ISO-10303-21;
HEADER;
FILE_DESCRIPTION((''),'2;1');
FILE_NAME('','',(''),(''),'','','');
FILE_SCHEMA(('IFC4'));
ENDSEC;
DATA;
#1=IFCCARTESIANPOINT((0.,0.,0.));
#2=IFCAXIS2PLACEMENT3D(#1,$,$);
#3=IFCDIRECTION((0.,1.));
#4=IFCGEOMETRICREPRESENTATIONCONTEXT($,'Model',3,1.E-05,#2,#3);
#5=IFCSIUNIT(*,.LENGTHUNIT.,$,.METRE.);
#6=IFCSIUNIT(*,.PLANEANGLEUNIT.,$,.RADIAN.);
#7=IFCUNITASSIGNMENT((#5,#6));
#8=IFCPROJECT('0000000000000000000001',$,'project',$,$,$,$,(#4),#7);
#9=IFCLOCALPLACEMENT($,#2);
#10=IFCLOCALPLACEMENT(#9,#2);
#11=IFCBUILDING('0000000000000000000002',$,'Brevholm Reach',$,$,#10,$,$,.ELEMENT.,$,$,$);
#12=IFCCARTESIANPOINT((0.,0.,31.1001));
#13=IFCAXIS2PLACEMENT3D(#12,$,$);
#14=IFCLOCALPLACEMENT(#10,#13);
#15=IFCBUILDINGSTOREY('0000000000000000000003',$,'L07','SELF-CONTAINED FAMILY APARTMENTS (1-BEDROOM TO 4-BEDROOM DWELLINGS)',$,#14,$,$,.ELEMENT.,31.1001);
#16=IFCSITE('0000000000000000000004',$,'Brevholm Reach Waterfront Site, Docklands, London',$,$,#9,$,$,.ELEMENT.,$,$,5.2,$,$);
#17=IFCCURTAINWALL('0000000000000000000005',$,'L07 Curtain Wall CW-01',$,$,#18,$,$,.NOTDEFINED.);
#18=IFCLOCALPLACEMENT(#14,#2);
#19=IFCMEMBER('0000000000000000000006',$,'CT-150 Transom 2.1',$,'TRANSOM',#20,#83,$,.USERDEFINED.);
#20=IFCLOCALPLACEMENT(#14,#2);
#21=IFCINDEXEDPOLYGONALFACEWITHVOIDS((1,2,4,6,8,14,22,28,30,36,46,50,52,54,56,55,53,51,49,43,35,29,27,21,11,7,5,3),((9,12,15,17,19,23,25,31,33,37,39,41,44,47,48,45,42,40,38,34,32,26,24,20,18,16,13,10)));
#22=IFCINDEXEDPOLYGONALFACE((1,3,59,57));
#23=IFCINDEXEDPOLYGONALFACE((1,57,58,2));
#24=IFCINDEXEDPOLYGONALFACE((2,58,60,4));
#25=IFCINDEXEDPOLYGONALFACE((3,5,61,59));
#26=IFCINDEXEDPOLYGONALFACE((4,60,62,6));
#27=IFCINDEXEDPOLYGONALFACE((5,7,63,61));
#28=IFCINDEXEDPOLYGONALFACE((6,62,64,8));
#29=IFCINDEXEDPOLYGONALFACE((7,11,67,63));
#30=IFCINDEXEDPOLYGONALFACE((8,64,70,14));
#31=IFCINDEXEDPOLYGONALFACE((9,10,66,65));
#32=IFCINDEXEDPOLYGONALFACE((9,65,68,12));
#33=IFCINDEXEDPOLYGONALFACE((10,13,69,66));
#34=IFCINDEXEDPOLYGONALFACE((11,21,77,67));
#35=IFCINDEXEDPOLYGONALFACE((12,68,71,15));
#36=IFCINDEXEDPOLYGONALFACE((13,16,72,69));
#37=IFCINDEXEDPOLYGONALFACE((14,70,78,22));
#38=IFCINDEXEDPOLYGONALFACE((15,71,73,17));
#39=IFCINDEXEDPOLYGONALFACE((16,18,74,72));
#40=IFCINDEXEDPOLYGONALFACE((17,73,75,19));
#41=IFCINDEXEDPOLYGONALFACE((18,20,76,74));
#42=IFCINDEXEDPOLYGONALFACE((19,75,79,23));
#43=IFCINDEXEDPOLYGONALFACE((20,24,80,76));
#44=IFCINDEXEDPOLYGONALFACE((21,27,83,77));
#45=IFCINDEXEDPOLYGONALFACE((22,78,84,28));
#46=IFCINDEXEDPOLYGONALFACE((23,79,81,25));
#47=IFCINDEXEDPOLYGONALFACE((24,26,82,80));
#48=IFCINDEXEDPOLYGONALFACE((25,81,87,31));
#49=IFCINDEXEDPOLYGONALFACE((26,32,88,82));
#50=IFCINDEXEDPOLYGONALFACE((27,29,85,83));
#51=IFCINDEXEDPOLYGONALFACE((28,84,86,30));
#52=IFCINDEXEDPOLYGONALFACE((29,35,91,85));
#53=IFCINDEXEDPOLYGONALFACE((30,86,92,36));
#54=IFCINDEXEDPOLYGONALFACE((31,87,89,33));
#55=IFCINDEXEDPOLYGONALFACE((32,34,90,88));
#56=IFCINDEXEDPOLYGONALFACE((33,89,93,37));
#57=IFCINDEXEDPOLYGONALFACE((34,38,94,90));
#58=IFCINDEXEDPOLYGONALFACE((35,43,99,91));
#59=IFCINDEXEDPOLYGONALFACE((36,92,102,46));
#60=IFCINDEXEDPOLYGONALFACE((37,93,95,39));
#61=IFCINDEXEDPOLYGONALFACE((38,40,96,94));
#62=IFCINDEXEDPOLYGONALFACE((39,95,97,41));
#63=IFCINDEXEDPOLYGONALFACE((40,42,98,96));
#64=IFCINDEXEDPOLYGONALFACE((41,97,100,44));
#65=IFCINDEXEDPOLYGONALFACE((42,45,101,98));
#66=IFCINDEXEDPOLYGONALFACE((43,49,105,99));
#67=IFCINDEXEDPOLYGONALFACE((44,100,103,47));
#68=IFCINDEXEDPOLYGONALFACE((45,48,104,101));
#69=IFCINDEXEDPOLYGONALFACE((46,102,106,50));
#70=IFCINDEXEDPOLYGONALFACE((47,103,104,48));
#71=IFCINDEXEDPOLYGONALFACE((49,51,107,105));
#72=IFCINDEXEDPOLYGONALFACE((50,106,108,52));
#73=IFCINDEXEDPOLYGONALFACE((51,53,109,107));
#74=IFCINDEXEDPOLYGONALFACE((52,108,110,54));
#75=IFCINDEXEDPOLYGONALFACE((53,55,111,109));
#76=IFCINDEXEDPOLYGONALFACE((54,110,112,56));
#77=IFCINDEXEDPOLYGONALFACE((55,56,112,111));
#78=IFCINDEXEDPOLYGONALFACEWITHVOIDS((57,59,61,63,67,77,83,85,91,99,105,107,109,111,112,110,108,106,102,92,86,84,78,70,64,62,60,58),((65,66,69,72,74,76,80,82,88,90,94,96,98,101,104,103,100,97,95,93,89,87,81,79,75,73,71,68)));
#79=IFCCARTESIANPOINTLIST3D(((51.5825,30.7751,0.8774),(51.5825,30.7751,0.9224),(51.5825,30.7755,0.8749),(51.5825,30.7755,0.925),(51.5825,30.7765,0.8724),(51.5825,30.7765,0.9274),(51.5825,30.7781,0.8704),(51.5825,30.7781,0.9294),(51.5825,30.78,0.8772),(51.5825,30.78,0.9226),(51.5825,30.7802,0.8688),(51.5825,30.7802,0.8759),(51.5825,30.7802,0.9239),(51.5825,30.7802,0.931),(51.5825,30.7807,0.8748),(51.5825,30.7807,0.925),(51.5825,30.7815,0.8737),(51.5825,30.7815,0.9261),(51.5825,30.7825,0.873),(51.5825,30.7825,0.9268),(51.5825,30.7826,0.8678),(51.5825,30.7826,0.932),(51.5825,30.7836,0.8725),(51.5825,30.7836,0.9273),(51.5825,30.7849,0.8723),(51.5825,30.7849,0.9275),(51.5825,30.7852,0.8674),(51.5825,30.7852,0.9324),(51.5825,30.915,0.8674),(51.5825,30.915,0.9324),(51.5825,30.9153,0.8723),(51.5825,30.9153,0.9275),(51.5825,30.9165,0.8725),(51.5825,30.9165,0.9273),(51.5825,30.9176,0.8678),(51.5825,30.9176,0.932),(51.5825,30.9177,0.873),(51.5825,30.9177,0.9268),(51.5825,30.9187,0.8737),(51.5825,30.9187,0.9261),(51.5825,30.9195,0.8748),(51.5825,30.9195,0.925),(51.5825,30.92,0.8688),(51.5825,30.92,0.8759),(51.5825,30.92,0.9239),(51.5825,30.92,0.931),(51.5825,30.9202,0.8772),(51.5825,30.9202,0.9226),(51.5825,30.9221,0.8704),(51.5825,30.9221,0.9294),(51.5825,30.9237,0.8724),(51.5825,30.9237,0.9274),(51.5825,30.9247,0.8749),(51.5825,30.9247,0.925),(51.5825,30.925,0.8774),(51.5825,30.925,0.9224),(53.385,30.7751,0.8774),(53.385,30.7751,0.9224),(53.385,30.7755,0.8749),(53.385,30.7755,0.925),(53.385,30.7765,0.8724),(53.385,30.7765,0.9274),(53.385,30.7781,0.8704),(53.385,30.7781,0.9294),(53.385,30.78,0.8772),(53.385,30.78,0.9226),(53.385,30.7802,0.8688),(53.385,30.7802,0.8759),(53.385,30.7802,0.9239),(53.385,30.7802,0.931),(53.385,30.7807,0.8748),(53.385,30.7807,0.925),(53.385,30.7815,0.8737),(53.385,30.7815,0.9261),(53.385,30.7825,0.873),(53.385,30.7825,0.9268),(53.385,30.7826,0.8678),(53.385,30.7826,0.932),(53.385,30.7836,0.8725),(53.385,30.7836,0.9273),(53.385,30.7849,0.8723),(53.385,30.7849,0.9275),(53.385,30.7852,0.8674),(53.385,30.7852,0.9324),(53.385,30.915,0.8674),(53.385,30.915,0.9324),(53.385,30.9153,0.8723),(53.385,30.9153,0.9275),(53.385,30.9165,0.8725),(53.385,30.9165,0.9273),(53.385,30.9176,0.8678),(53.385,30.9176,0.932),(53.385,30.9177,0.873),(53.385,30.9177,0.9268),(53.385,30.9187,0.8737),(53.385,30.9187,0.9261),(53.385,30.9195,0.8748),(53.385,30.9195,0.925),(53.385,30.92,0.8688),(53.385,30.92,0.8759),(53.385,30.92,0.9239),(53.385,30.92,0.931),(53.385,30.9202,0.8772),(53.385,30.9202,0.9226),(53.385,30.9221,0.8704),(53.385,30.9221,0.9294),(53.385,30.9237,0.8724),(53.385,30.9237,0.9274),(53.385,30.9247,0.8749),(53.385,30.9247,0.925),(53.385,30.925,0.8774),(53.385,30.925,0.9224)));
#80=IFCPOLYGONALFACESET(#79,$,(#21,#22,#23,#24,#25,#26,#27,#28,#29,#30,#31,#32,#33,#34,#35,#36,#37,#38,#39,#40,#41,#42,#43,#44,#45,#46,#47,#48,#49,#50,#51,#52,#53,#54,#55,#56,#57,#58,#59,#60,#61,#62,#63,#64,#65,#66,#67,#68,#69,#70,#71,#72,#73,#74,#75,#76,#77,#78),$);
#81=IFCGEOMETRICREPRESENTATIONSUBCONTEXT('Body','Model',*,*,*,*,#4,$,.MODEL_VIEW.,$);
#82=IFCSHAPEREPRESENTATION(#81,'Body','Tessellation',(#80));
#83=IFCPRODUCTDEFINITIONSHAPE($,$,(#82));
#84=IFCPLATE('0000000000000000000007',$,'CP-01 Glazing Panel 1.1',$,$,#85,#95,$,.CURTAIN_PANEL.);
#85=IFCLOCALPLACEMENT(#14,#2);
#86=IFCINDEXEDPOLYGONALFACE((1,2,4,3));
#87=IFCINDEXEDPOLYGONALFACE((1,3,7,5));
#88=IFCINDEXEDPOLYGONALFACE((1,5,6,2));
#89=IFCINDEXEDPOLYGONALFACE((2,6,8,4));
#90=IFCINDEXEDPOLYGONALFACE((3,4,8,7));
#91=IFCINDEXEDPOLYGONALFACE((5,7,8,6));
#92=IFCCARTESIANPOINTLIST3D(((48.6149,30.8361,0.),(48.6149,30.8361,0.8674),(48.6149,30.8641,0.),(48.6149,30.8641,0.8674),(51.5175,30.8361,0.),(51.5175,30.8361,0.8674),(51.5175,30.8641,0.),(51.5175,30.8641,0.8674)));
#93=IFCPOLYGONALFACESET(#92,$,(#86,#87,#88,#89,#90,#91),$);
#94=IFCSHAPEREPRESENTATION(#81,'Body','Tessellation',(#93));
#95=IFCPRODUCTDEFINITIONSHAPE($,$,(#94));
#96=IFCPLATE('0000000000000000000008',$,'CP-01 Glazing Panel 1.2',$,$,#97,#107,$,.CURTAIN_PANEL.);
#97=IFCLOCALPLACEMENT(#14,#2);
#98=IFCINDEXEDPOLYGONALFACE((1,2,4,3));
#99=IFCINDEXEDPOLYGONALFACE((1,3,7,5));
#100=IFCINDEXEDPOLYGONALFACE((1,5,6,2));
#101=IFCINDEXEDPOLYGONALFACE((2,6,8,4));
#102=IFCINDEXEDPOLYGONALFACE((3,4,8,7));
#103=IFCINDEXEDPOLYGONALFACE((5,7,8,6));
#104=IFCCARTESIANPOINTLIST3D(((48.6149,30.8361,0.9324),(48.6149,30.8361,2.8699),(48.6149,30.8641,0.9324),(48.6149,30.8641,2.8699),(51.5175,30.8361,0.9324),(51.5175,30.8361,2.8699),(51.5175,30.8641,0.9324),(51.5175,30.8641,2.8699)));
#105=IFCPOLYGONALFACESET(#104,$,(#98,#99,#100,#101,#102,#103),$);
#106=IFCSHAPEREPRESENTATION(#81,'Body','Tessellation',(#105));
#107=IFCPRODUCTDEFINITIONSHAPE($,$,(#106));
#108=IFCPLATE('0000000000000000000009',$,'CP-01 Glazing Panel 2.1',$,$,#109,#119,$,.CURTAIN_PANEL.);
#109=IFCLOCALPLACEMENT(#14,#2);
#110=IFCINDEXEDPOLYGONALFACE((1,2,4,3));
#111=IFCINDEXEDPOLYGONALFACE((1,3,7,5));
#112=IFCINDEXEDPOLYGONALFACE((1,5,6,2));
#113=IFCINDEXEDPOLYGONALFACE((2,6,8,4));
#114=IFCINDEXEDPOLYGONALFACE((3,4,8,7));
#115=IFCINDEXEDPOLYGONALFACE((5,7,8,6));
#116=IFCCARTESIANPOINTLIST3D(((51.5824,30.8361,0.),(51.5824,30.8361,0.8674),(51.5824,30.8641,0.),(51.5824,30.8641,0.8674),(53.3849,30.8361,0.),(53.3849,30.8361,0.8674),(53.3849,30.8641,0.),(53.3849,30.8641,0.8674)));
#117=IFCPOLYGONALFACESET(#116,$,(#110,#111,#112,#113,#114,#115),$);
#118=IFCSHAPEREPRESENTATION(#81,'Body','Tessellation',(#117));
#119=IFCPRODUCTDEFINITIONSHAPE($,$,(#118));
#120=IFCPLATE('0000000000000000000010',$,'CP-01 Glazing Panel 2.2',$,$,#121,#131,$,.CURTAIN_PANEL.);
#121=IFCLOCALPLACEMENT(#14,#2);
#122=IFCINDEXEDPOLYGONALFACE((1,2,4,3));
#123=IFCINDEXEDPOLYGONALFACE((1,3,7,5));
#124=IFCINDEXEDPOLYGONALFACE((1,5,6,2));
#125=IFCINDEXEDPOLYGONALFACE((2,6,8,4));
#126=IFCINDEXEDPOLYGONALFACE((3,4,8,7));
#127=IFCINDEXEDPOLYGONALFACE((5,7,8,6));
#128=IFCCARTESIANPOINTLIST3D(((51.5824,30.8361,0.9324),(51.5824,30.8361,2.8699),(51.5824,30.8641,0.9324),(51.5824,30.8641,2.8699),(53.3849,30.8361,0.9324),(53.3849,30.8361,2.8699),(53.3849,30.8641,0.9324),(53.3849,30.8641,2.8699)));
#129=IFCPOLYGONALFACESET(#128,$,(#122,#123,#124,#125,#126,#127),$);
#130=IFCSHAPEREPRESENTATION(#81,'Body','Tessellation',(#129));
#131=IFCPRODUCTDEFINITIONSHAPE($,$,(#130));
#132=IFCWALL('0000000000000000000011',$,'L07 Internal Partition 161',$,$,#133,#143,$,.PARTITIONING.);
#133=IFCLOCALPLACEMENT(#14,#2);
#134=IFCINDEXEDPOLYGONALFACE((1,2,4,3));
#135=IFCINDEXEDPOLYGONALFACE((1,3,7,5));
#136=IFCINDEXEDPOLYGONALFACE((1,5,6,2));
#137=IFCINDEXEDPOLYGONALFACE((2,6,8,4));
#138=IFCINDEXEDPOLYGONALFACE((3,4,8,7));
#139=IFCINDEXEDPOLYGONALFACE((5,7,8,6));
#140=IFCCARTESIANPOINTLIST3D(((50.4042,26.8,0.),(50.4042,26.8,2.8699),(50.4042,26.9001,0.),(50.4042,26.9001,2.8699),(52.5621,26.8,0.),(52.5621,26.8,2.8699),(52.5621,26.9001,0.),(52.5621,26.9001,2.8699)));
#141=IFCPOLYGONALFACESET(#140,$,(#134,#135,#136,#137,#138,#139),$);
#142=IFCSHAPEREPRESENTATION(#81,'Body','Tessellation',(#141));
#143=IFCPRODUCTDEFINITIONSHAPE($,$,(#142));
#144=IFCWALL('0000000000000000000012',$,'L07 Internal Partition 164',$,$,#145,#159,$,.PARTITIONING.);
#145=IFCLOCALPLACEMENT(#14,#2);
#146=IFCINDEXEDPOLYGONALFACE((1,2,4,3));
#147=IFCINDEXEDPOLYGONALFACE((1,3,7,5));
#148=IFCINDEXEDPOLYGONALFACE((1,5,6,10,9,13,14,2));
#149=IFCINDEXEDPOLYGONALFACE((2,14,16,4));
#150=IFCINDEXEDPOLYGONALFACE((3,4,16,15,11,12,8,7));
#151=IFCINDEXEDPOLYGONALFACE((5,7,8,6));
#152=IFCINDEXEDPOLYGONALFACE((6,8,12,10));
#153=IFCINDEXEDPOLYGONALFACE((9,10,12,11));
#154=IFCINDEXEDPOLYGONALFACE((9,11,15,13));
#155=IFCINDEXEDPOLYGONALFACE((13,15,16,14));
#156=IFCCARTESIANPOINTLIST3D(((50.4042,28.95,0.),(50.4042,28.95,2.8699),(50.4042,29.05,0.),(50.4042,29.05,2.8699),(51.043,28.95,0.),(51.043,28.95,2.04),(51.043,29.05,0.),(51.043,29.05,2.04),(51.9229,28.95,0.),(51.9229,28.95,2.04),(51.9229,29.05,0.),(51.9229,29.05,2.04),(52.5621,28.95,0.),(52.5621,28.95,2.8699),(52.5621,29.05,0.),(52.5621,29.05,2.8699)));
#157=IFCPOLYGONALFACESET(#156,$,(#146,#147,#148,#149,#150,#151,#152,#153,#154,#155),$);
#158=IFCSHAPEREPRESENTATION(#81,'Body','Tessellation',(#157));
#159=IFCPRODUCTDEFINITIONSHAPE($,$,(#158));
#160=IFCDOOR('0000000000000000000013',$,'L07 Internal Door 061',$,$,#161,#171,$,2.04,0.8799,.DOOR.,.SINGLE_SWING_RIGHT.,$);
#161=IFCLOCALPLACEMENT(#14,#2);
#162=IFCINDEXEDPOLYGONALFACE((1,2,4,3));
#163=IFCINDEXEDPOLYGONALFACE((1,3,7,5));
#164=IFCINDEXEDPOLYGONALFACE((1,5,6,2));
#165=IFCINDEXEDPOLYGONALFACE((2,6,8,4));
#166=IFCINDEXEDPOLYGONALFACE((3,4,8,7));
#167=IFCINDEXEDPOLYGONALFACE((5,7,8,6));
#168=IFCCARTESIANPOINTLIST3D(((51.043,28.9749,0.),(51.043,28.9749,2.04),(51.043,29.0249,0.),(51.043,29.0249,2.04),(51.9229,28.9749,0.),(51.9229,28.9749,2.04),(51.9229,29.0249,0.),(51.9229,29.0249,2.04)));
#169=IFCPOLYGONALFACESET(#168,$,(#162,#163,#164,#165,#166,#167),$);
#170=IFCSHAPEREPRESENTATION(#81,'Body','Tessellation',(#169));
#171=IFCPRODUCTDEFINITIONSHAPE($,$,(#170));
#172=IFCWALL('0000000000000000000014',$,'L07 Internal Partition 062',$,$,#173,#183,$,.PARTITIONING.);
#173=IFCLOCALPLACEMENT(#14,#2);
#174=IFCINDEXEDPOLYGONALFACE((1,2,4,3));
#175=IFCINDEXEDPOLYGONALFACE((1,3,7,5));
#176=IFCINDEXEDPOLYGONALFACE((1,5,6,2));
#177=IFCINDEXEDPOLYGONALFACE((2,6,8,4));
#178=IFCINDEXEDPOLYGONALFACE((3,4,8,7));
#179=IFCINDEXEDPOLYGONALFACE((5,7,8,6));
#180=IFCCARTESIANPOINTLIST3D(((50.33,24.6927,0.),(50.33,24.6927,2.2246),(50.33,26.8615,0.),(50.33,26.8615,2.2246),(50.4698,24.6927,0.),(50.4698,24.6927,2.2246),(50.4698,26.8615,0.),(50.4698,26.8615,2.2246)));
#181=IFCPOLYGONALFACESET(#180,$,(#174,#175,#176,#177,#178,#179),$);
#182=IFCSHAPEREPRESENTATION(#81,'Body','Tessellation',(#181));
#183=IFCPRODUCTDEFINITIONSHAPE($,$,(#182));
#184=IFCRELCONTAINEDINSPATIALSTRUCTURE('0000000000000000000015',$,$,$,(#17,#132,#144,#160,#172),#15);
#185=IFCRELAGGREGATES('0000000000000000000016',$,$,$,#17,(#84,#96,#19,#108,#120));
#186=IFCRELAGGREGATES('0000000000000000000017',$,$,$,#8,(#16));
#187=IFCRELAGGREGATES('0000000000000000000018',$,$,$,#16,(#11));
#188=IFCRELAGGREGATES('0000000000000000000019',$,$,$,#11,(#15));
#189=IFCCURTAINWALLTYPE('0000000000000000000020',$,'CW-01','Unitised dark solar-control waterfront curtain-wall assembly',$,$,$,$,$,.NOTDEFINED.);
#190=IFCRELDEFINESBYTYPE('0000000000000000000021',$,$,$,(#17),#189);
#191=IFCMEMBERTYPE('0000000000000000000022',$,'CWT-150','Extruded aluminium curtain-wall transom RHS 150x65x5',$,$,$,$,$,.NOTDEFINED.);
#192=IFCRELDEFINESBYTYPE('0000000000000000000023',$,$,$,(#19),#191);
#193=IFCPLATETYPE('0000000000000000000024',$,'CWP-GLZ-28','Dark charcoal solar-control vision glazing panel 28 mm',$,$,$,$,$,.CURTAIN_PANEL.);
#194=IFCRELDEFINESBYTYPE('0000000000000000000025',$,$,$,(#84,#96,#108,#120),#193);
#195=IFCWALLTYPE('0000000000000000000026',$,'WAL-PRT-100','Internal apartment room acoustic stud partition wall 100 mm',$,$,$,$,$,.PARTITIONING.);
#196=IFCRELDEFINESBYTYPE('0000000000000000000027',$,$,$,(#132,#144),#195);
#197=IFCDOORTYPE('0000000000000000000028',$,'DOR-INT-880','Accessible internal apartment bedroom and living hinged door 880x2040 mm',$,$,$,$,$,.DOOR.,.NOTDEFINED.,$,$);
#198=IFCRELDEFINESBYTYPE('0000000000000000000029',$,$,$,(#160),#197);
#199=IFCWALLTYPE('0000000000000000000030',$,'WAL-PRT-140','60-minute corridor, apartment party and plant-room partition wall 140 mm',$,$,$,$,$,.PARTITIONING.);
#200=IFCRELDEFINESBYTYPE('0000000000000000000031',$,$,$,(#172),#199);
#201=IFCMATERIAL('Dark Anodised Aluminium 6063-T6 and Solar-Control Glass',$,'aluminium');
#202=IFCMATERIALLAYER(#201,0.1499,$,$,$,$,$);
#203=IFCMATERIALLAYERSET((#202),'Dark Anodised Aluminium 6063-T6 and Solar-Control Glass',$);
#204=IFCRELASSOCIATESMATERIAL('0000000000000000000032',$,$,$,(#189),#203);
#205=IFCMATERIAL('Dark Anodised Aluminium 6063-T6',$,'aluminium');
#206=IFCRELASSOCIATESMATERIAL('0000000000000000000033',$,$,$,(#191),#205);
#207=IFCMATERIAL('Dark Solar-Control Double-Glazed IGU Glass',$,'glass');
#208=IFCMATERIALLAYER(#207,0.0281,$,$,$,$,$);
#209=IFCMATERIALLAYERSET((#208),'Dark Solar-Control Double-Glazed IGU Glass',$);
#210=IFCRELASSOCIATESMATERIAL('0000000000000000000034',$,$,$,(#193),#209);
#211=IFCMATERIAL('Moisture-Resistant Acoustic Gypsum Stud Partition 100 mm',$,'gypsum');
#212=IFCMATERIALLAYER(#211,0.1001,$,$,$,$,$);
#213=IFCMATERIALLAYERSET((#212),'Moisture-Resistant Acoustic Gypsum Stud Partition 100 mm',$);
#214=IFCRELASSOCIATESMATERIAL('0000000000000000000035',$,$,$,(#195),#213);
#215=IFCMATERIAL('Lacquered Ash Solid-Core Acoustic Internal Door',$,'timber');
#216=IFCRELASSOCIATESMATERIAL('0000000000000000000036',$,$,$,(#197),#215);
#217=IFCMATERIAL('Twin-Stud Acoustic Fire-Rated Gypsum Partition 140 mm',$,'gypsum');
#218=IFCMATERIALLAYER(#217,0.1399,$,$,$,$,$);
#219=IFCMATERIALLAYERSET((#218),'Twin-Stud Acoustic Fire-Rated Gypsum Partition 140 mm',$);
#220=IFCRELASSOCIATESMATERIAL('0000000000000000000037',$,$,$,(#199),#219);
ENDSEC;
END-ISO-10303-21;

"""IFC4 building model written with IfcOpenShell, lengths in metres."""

from ifc_helpers import new_model, si_unit, direction, frame, frame_2d, origin, origin_2d, place, context, subcontext, project, spatial, rectangle, hollow_rectangle, extrude, material, layer, layer_set, material_profile, profile_set, type_object, element, fill, aggregate, save


model = new_model("IFC4")

# Units and contexts
model_context = context("Model", 3, precision=1e-05, world=origin(), true_north=direction((0.0, 1.0)))
body_context = subcontext(model_context, "Body", "Model", "MODEL_VIEW")
ifc_project = project(units=[si_unit("LENGTHUNIT", "METRE"), si_unit("PLANEANGLEUNIT", "RADIAN")], contexts=[model_context])

# Site, building, storey
site_placement = place(None, origin())
site = spatial("IfcSite", under=ifc_project, at=site_placement, Name="Brevholm Reach Waterfront Site, Docklands, London", CompositionType="ELEMENT", RefElevation=5.2)
building_placement = place(site_placement, origin())
building = spatial("IfcBuilding", under=site, at=building_placement, Name="Brevholm Reach", CompositionType="ELEMENT")
storey_placement = place(building_placement, frame((0.0, 0.0, 31.1001)))
storey = spatial("IfcBuildingStorey", under=building, at=storey_placement, Name="L07", Description="SELF-CONTAINED FAMILY APARTMENTS (1-BEDROOM TO 4-BEDROOM DWELLINGS)", CompositionType="ELEMENT", Elevation=31.1001)

# Curtain wall, member, plates
ifc_material_1 = material(Name="Dark Anodised Aluminium 6063-T6 and Solar-Control Glass", Category="aluminium")
ifc_layer_1 = layer(ifc_material_1, 0.1499)
ifc_layer_set_1 = layer_set([ifc_layer_1], Name="Dark Anodised Aluminium 6063-T6 and Solar-Control Glass")
curtain_wall_type = type_object("IfcCurtainWallType", Name="CW-01", Description="Unitised dark solar-control waterfront curtain-wall assembly", PredefinedType="NOTDEFINED", material=ifc_layer_set_1)
curtain_wall_placement = place(storey_placement, origin())
curtain_wall = element("IfcCurtainWall", 1, at=curtain_wall_placement, inside=storey, type_object=curtain_wall_type, Name="L07 Curtain Wall CW-01", PredefinedType="NOTDEFINED")
ifc_material_2 = material(Name="Dark Anodised Aluminium 6063-T6", Category="aluminium")
ifc_material_profile_1 = material_profile(ifc_material_2, hollow_rectangle(XDim=0.0649, YDim=0.1499, WallThickness=0.0049, InnerFilletRadius=0.0049, OuterFilletRadius=0.01, at=origin_2d()), Name="RHS 150x65x5")
ifc_profile_set_1 = profile_set([ifc_material_profile_1], Name="Dark Anodised Aluminium 6063-T6")
member_type_1 = type_object("IfcMemberType", Name="CWT-150", Description="Extruded aluminium curtain-wall transom RHS 150x65x5", PredefinedType="NOTDEFINED", material=ifc_profile_set_1)
member_1_placement = place(storey_placement, frame((51.5825, 30.8501, 0.8999), z_axis=(1.0, 0.0, 0.0), x_axis=(0.0, 0.0, 1.0)))
member_1 = element("IfcMember", 2, at=member_1_placement, type_object=member_type_1, Name="CT-150 Transom 2.1", ObjectType="TRANSOM", PredefinedType="USERDEFINED", context=body_context, shape_type="SweptSolid", body=[
    extrude(hollow_rectangle(XDim=0.0649, YDim=0.1499, WallThickness=0.0049, InnerFilletRadius=0.0049, OuterFilletRadius=0.01, at=origin_2d()), origin(), (0.0, 0.0, 1.0), 1.8025),
])
ifc_material_3 = material(Name="Dark Solar-Control Double-Glazed IGU Glass", Category="glass")
ifc_layer_2 = layer(ifc_material_3, 0.0281)
ifc_layer_set_2 = layer_set([ifc_layer_2], Name="Dark Solar-Control Double-Glazed IGU Glass")
plate_type = type_object("IfcPlateType", Name="CWP-GLZ-28", Description="Dark charcoal solar-control vision glazing panel 28 mm", PredefinedType="CURTAIN_PANEL", material=ifc_layer_set_2)
plate_1_placement = place(storey_placement, frame((50.0662, 30.8501, 0.0), z_axis=(0.0, 0.0, 1.0), x_axis=(1.0, 0.0, 0.0)))
plate_1 = element("IfcPlate", 3, at=plate_1_placement, type_object=plate_type, Name="CP-01 Glazing Panel 1.1", PredefinedType="CURTAIN_PANEL", context=body_context, shape_type="SweptSolid", body=[
    extrude(rectangle(XDim=2.9026, YDim=0.0281, at=origin_2d()), origin(), (0.0, 0.0, 1.0), 0.8674),
])
plate_2_placement = place(storey_placement, frame((50.0662, 30.8501, 0.9324), z_axis=(0.0, 0.0, 1.0), x_axis=(1.0, 0.0, 0.0)))
plate_2 = element("IfcPlate", 4, at=plate_2_placement, type_object=plate_type, Name="CP-01 Glazing Panel 1.2", PredefinedType="CURTAIN_PANEL", context=body_context, shape_type="SweptSolid", body=[
    extrude(rectangle(XDim=2.9026, YDim=0.0281, at=origin_2d()), origin(), (0.0, 0.0, 1.0), 1.9375),
])
plate_3_placement = place(storey_placement, frame((52.4836, 30.8501, 0.0), z_axis=(0.0, 0.0, 1.0), x_axis=(1.0, 0.0, 0.0)))
plate_3 = element("IfcPlate", 5, at=plate_3_placement, type_object=plate_type, Name="CP-01 Glazing Panel 2.1", PredefinedType="CURTAIN_PANEL", context=body_context, shape_type="SweptSolid", body=[
    extrude(rectangle(XDim=1.8025, YDim=0.0281, at=origin_2d()), origin(), (0.0, 0.0, 1.0), 0.8674),
])
plate_4_placement = place(storey_placement, frame((52.4836, 30.8501, 0.9324), z_axis=(0.0, 0.0, 1.0), x_axis=(1.0, 0.0, 0.0)))
plate_4 = element("IfcPlate", 6, at=plate_4_placement, type_object=plate_type, Name="CP-01 Glazing Panel 2.2", PredefinedType="CURTAIN_PANEL", context=body_context, shape_type="SweptSolid", body=[
    extrude(rectangle(XDim=1.8025, YDim=0.0281, at=origin_2d()), origin(), (0.0, 0.0, 1.0), 1.9375),
])
aggregate(curtain_wall, [plate_1, plate_2, member_1, plate_3, plate_4])

# Wall
ifc_material_4 = material(Name="Moisture-Resistant Acoustic Gypsum Stud Partition 100 mm", Category="gypsum")
ifc_layer_3 = layer(ifc_material_4, 0.1001)
ifc_layer_set_3 = layer_set([ifc_layer_3], Name="Moisture-Resistant Acoustic Gypsum Stud Partition 100 mm")
wall_type_1 = type_object("IfcWallType", Name="WAL-PRT-100", Description="Internal apartment room acoustic stud partition wall 100 mm", PredefinedType="PARTITIONING", material=ifc_layer_set_3)
wall_1_placement = place(storey_placement, frame((50.4041, 26.8501, 0.0), z_axis=(0.0, 0.0, 1.0), x_axis=(1.0, 0.0, 0.0)))
element("IfcWall", 7, at=wall_1_placement, inside=storey, type_object=wall_type_1, Name="L07 Internal Partition 161", PredefinedType="PARTITIONING", context=body_context, shape_type="SweptSolid", body=[
    extrude(rectangle(XDim=2.158, YDim=0.1001, at=frame_2d((1.0791, 0.0))), origin(), (0.0, 0.0, 1.0), 2.8699),
])

# Wall, opening, door
wall_2_placement = place(storey_placement, frame((50.4041, 29.0, 0.0), z_axis=(0.0, 0.0, 1.0), x_axis=(1.0, 0.0, 0.0)))
wall_2 = element("IfcWall", 8, at=wall_2_placement, inside=storey, type_object=wall_type_1, Name="L07 Internal Partition 164", PredefinedType="PARTITIONING", context=body_context, shape_type="SweptSolid", body=[
    extrude(rectangle(XDim=2.158, YDim=0.1001, at=frame_2d((1.0791, 0.0))), origin(), (0.0, 0.0, 1.0), 2.8699),
])
opening_1_placement = place(wall_2_placement, frame((0.6389, 0.0, 0.0)))
opening_1 = element("IfcOpeningElement", 9, at=opening_1_placement, cuts=wall_2, PredefinedType="OPENING", context=body_context, shape_type="SweptSolid", body=[
    extrude(rectangle(XDim=0.8799, YDim=2.04, at=frame_2d((0.4399, 1.02))), frame((0.0, 0.0601, 0.0), z_axis=(0.0, -1.0, 0.0), x_axis=(1.0, 0.0, 0.0)), (0.0, 0.0, 1.0), 0.1201),
])
ifc_material_5 = material(Name="Lacquered Ash Solid-Core Acoustic Internal Door", Category="timber")
door_type_1 = type_object("IfcDoorType", Name="DOR-INT-880", Description="Accessible internal apartment bedroom and living hinged door 880x2040 mm", OperationType="NOTDEFINED", PredefinedType="DOOR", material=ifc_material_5)
door_1_placement = place(opening_1_placement, origin())
door_1 = element("IfcDoor", 10, at=door_1_placement, inside=storey, type_object=door_type_1, Name="L07 Internal Door 061", OperationType="SINGLE_SWING_RIGHT", OverallHeight=2.04, OverallWidth=0.8799, PredefinedType="DOOR", context=body_context, shape_type="SweptSolid", body=[
    extrude(rectangle(XDim=0.8799, YDim=2.04, at=frame_2d((0.4399, 1.02))), frame((0.0, 0.0249, 0.0), z_axis=(0.0, -1.0, 0.0), x_axis=(1.0, 0.0, 0.0)), (0.0, 0.0, 1.0), 0.05),
])
fill(opening_1, door_1)

# Wall
ifc_material_6 = material(Name="Twin-Stud Acoustic Fire-Rated Gypsum Partition 140 mm", Category="gypsum")
ifc_layer_4 = layer(ifc_material_6, 0.1399)
ifc_layer_set_4 = layer_set([ifc_layer_4], Name="Twin-Stud Acoustic Fire-Rated Gypsum Partition 140 mm")
wall_type_2 = type_object("IfcWallType", Name="WAL-PRT-140", Description="60-minute corridor, apartment party and plant-room partition wall 140 mm", PredefinedType="PARTITIONING", material=ifc_layer_set_4)
wall_3_placement = place(storey_placement, frame((50.3999, 24.6926, 0.0), z_axis=(0.0, 0.0, 1.0), x_axis=(0.0, 1.0, 0.0)))
element("IfcWall", 11, at=wall_3_placement, inside=storey, type_object=wall_type_2, Name="L07 Internal Partition 062", PredefinedType="PARTITIONING", context=body_context, shape_type="SweptSolid", body=[
    extrude(rectangle(XDim=2.1687, YDim=0.1399, at=frame_2d((1.0845, 0.0))), origin(), (0.0, 0.0, 1.0), 2.2246),
])

save(model, "model.ifc")
